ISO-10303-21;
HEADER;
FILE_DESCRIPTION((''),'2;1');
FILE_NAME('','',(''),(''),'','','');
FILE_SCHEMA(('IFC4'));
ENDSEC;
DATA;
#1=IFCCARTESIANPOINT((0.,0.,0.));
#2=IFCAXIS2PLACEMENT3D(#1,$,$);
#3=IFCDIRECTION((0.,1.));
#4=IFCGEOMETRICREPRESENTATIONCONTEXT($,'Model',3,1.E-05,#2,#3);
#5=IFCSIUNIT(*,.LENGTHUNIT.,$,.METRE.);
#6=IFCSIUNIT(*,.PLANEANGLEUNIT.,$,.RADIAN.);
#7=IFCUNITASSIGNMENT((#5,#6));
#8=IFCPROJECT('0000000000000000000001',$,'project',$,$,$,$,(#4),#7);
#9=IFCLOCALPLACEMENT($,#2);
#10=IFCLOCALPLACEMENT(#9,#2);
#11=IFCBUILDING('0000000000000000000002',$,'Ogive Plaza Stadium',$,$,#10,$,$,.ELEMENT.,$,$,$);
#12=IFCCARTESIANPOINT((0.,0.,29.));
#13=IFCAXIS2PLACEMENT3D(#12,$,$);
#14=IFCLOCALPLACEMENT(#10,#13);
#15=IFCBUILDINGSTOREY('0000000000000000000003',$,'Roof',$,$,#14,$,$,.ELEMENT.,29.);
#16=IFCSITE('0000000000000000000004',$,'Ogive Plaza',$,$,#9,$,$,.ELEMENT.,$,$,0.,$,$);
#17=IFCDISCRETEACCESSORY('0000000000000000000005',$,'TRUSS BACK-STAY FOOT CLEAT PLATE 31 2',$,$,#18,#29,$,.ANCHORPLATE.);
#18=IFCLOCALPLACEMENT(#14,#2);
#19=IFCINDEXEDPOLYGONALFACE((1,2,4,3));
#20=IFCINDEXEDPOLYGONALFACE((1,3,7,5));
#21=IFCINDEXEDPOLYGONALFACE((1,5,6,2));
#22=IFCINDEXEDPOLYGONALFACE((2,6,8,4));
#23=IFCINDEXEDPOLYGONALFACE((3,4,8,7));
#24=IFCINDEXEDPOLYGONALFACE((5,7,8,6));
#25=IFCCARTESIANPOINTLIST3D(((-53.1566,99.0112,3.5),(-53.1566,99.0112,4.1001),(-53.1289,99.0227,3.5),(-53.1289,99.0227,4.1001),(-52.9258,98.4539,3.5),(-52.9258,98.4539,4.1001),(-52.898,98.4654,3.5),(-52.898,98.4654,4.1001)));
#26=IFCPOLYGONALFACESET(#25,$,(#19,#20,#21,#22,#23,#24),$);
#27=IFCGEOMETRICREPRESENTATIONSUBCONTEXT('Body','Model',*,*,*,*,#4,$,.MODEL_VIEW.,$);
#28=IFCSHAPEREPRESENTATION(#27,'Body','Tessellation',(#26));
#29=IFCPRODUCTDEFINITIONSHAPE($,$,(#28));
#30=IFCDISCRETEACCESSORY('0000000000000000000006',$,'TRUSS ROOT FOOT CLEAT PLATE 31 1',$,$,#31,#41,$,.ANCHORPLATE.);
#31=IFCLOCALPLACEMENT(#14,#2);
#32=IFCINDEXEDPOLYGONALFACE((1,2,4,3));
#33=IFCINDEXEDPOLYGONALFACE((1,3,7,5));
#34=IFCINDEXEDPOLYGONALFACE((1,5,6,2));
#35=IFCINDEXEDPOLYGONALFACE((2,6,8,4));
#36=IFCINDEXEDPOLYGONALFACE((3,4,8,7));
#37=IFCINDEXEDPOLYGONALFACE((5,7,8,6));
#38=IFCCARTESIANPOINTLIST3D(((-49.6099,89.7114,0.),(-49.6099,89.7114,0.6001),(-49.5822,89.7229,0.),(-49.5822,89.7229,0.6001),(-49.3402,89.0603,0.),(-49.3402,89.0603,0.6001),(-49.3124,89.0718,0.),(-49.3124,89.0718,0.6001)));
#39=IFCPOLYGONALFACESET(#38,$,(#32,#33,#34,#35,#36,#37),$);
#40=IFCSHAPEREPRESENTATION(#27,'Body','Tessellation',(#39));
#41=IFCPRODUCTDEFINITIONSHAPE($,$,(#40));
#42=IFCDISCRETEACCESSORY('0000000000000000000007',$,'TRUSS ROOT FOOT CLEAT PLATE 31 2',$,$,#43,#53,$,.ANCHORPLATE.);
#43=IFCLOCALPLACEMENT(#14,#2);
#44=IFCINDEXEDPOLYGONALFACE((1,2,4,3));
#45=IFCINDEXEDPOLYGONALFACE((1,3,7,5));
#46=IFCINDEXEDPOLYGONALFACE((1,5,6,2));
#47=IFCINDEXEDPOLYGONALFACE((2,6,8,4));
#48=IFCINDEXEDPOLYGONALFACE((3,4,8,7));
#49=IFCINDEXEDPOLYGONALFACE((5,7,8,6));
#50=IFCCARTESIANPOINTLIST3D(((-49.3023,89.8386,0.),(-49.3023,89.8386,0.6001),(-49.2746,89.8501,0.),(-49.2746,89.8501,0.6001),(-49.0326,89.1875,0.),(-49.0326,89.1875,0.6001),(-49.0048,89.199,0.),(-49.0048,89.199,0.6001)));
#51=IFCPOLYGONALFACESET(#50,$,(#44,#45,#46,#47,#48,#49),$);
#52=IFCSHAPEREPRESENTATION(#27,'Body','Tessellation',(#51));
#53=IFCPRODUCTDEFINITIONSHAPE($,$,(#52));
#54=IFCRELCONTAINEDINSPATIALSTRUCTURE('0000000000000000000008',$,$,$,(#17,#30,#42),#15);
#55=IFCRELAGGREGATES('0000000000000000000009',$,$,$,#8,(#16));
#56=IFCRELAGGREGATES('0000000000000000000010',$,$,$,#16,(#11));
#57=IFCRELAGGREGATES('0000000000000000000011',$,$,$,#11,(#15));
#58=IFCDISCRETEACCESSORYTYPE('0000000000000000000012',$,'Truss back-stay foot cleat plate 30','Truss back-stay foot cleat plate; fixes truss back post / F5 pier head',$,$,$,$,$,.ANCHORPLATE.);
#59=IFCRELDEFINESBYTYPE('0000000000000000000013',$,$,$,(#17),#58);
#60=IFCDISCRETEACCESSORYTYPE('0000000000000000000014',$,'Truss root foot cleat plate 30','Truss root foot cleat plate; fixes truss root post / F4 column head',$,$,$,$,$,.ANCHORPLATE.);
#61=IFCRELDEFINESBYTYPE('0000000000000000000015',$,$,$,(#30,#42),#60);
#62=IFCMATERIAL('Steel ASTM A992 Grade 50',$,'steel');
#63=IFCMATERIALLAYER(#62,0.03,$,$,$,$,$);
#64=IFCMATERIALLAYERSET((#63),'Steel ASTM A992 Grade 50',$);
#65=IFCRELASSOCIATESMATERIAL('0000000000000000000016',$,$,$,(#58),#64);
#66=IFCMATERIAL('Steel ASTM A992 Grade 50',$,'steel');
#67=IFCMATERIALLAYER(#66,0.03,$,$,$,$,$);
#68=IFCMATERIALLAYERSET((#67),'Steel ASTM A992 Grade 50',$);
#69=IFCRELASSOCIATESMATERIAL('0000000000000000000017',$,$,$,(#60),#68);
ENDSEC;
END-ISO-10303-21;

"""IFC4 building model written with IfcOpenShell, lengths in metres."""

from ifc_helpers import new_model, si_unit, direction, frame, origin, origin_2d, place, context, subcontext, project, spatial, rectangle, extrude, material, layer, layer_set, type_object, element, save


model = new_model("IFC4")

# Units and contexts
model_context = context("Model", 3, precision=1e-05, world=origin(), true_north=direction((0.0, 1.0)))
body_context = subcontext(model_context, "Body", "Model", "MODEL_VIEW")
ifc_project = project(units=[si_unit("LENGTHUNIT", "METRE"), si_unit("PLANEANGLEUNIT", "RADIAN")], contexts=[model_context])

# Site, building, storey
site_placement = place(None, origin())
site = spatial("IfcSite", under=ifc_project, at=site_placement, Name="Ogive Plaza", CompositionType="ELEMENT", RefElevation=0.0)
building_placement = place(site_placement, origin())
building = spatial("IfcBuilding", under=site, at=building_placement, Name="Ogive Plaza Stadium", CompositionType="ELEMENT")
storey_placement = place(building_placement, frame((0.0, 0.0, 29.0)))
storey = spatial("IfcBuildingStorey", under=building, at=storey_placement, Name="Roof", CompositionType="ELEMENT", Elevation=29.0)

# Discrete accessories
ifc_material_1 = material(Name="Steel ASTM A992 Grade 50", Category="steel")
ifc_layer_1 = layer(ifc_material_1, 0.03)
ifc_layer_set_1 = layer_set([ifc_layer_1], Name="Steel ASTM A992 Grade 50")
discrete_accessory_type_1 = type_object("IfcDiscreteAccessoryType", Name="Truss back-stay foot cleat plate 30", Description="Truss back-stay foot cleat plate; fixes truss back post / F5 pier head", PredefinedType="ANCHORPLATE", material=ifc_layer_set_1)
for number, where, z_axis, x_axis, name in (
    (1, (-53.0273, 98.7383, 3.5), (0.0, 0.0, 1.0), (-0.382683, 0.92388, 0.0), "TRUSS BACK-STAY FOOT CLEAT PLATE 31 2"),
):
    element("IfcDiscreteAccessory", number, at=place(storey_placement, frame(where, z_axis=z_axis, x_axis=x_axis)), inside=storey, type_object=discrete_accessory_type_1, Name=name, PredefinedType="ANCHORPLATE", context=body_context, shape_type="SweptSolid", body=[
        extrude(rectangle(XDim=0.6033, YDim=0.03, at=origin_2d()), origin(), (0.0, 0.0, 1.0), 0.6001),
    ])
ifc_material_2 = material(Name="Steel ASTM A992 Grade 50", Category="steel")
ifc_layer_2 = layer(ifc_material_2, 0.03)
ifc_layer_set_2 = layer_set([ifc_layer_2], Name="Steel ASTM A992 Grade 50")
discrete_accessory_type_2 = type_object("IfcDiscreteAccessoryType", Name="Truss root foot cleat plate 30", Description="Truss root foot cleat plate; fixes truss root post / F4 column head", PredefinedType="ANCHORPLATE", material=ifc_layer_set_2)
for number, where, z_axis, x_axis, name in (
    (2, (-49.4612, 89.3916, 0.0), (0.0, 0.0, 1.0), (-0.382683, 0.92388, 0.0), "TRUSS ROOT FOOT CLEAT PLATE 31 1"),
    (3, (-49.1536, 89.5188, 0.0), (0.0, 0.0, 1.0), (-0.382683, 0.92388, 0.0), "TRUSS ROOT FOOT CLEAT PLATE 31 2"),
):
    element("IfcDiscreteAccessory", number, at=place(storey_placement, frame(where, z_axis=z_axis, x_axis=x_axis)), inside=storey, type_object=discrete_accessory_type_2, Name=name, PredefinedType="ANCHORPLATE", context=body_context, shape_type="SweptSolid", body=[
        extrude(rectangle(XDim=0.7048, YDim=0.03, at=origin_2d()), origin(), (0.0, 0.0, 1.0), 0.6001),
    ])

save(model, "model.ifc")
